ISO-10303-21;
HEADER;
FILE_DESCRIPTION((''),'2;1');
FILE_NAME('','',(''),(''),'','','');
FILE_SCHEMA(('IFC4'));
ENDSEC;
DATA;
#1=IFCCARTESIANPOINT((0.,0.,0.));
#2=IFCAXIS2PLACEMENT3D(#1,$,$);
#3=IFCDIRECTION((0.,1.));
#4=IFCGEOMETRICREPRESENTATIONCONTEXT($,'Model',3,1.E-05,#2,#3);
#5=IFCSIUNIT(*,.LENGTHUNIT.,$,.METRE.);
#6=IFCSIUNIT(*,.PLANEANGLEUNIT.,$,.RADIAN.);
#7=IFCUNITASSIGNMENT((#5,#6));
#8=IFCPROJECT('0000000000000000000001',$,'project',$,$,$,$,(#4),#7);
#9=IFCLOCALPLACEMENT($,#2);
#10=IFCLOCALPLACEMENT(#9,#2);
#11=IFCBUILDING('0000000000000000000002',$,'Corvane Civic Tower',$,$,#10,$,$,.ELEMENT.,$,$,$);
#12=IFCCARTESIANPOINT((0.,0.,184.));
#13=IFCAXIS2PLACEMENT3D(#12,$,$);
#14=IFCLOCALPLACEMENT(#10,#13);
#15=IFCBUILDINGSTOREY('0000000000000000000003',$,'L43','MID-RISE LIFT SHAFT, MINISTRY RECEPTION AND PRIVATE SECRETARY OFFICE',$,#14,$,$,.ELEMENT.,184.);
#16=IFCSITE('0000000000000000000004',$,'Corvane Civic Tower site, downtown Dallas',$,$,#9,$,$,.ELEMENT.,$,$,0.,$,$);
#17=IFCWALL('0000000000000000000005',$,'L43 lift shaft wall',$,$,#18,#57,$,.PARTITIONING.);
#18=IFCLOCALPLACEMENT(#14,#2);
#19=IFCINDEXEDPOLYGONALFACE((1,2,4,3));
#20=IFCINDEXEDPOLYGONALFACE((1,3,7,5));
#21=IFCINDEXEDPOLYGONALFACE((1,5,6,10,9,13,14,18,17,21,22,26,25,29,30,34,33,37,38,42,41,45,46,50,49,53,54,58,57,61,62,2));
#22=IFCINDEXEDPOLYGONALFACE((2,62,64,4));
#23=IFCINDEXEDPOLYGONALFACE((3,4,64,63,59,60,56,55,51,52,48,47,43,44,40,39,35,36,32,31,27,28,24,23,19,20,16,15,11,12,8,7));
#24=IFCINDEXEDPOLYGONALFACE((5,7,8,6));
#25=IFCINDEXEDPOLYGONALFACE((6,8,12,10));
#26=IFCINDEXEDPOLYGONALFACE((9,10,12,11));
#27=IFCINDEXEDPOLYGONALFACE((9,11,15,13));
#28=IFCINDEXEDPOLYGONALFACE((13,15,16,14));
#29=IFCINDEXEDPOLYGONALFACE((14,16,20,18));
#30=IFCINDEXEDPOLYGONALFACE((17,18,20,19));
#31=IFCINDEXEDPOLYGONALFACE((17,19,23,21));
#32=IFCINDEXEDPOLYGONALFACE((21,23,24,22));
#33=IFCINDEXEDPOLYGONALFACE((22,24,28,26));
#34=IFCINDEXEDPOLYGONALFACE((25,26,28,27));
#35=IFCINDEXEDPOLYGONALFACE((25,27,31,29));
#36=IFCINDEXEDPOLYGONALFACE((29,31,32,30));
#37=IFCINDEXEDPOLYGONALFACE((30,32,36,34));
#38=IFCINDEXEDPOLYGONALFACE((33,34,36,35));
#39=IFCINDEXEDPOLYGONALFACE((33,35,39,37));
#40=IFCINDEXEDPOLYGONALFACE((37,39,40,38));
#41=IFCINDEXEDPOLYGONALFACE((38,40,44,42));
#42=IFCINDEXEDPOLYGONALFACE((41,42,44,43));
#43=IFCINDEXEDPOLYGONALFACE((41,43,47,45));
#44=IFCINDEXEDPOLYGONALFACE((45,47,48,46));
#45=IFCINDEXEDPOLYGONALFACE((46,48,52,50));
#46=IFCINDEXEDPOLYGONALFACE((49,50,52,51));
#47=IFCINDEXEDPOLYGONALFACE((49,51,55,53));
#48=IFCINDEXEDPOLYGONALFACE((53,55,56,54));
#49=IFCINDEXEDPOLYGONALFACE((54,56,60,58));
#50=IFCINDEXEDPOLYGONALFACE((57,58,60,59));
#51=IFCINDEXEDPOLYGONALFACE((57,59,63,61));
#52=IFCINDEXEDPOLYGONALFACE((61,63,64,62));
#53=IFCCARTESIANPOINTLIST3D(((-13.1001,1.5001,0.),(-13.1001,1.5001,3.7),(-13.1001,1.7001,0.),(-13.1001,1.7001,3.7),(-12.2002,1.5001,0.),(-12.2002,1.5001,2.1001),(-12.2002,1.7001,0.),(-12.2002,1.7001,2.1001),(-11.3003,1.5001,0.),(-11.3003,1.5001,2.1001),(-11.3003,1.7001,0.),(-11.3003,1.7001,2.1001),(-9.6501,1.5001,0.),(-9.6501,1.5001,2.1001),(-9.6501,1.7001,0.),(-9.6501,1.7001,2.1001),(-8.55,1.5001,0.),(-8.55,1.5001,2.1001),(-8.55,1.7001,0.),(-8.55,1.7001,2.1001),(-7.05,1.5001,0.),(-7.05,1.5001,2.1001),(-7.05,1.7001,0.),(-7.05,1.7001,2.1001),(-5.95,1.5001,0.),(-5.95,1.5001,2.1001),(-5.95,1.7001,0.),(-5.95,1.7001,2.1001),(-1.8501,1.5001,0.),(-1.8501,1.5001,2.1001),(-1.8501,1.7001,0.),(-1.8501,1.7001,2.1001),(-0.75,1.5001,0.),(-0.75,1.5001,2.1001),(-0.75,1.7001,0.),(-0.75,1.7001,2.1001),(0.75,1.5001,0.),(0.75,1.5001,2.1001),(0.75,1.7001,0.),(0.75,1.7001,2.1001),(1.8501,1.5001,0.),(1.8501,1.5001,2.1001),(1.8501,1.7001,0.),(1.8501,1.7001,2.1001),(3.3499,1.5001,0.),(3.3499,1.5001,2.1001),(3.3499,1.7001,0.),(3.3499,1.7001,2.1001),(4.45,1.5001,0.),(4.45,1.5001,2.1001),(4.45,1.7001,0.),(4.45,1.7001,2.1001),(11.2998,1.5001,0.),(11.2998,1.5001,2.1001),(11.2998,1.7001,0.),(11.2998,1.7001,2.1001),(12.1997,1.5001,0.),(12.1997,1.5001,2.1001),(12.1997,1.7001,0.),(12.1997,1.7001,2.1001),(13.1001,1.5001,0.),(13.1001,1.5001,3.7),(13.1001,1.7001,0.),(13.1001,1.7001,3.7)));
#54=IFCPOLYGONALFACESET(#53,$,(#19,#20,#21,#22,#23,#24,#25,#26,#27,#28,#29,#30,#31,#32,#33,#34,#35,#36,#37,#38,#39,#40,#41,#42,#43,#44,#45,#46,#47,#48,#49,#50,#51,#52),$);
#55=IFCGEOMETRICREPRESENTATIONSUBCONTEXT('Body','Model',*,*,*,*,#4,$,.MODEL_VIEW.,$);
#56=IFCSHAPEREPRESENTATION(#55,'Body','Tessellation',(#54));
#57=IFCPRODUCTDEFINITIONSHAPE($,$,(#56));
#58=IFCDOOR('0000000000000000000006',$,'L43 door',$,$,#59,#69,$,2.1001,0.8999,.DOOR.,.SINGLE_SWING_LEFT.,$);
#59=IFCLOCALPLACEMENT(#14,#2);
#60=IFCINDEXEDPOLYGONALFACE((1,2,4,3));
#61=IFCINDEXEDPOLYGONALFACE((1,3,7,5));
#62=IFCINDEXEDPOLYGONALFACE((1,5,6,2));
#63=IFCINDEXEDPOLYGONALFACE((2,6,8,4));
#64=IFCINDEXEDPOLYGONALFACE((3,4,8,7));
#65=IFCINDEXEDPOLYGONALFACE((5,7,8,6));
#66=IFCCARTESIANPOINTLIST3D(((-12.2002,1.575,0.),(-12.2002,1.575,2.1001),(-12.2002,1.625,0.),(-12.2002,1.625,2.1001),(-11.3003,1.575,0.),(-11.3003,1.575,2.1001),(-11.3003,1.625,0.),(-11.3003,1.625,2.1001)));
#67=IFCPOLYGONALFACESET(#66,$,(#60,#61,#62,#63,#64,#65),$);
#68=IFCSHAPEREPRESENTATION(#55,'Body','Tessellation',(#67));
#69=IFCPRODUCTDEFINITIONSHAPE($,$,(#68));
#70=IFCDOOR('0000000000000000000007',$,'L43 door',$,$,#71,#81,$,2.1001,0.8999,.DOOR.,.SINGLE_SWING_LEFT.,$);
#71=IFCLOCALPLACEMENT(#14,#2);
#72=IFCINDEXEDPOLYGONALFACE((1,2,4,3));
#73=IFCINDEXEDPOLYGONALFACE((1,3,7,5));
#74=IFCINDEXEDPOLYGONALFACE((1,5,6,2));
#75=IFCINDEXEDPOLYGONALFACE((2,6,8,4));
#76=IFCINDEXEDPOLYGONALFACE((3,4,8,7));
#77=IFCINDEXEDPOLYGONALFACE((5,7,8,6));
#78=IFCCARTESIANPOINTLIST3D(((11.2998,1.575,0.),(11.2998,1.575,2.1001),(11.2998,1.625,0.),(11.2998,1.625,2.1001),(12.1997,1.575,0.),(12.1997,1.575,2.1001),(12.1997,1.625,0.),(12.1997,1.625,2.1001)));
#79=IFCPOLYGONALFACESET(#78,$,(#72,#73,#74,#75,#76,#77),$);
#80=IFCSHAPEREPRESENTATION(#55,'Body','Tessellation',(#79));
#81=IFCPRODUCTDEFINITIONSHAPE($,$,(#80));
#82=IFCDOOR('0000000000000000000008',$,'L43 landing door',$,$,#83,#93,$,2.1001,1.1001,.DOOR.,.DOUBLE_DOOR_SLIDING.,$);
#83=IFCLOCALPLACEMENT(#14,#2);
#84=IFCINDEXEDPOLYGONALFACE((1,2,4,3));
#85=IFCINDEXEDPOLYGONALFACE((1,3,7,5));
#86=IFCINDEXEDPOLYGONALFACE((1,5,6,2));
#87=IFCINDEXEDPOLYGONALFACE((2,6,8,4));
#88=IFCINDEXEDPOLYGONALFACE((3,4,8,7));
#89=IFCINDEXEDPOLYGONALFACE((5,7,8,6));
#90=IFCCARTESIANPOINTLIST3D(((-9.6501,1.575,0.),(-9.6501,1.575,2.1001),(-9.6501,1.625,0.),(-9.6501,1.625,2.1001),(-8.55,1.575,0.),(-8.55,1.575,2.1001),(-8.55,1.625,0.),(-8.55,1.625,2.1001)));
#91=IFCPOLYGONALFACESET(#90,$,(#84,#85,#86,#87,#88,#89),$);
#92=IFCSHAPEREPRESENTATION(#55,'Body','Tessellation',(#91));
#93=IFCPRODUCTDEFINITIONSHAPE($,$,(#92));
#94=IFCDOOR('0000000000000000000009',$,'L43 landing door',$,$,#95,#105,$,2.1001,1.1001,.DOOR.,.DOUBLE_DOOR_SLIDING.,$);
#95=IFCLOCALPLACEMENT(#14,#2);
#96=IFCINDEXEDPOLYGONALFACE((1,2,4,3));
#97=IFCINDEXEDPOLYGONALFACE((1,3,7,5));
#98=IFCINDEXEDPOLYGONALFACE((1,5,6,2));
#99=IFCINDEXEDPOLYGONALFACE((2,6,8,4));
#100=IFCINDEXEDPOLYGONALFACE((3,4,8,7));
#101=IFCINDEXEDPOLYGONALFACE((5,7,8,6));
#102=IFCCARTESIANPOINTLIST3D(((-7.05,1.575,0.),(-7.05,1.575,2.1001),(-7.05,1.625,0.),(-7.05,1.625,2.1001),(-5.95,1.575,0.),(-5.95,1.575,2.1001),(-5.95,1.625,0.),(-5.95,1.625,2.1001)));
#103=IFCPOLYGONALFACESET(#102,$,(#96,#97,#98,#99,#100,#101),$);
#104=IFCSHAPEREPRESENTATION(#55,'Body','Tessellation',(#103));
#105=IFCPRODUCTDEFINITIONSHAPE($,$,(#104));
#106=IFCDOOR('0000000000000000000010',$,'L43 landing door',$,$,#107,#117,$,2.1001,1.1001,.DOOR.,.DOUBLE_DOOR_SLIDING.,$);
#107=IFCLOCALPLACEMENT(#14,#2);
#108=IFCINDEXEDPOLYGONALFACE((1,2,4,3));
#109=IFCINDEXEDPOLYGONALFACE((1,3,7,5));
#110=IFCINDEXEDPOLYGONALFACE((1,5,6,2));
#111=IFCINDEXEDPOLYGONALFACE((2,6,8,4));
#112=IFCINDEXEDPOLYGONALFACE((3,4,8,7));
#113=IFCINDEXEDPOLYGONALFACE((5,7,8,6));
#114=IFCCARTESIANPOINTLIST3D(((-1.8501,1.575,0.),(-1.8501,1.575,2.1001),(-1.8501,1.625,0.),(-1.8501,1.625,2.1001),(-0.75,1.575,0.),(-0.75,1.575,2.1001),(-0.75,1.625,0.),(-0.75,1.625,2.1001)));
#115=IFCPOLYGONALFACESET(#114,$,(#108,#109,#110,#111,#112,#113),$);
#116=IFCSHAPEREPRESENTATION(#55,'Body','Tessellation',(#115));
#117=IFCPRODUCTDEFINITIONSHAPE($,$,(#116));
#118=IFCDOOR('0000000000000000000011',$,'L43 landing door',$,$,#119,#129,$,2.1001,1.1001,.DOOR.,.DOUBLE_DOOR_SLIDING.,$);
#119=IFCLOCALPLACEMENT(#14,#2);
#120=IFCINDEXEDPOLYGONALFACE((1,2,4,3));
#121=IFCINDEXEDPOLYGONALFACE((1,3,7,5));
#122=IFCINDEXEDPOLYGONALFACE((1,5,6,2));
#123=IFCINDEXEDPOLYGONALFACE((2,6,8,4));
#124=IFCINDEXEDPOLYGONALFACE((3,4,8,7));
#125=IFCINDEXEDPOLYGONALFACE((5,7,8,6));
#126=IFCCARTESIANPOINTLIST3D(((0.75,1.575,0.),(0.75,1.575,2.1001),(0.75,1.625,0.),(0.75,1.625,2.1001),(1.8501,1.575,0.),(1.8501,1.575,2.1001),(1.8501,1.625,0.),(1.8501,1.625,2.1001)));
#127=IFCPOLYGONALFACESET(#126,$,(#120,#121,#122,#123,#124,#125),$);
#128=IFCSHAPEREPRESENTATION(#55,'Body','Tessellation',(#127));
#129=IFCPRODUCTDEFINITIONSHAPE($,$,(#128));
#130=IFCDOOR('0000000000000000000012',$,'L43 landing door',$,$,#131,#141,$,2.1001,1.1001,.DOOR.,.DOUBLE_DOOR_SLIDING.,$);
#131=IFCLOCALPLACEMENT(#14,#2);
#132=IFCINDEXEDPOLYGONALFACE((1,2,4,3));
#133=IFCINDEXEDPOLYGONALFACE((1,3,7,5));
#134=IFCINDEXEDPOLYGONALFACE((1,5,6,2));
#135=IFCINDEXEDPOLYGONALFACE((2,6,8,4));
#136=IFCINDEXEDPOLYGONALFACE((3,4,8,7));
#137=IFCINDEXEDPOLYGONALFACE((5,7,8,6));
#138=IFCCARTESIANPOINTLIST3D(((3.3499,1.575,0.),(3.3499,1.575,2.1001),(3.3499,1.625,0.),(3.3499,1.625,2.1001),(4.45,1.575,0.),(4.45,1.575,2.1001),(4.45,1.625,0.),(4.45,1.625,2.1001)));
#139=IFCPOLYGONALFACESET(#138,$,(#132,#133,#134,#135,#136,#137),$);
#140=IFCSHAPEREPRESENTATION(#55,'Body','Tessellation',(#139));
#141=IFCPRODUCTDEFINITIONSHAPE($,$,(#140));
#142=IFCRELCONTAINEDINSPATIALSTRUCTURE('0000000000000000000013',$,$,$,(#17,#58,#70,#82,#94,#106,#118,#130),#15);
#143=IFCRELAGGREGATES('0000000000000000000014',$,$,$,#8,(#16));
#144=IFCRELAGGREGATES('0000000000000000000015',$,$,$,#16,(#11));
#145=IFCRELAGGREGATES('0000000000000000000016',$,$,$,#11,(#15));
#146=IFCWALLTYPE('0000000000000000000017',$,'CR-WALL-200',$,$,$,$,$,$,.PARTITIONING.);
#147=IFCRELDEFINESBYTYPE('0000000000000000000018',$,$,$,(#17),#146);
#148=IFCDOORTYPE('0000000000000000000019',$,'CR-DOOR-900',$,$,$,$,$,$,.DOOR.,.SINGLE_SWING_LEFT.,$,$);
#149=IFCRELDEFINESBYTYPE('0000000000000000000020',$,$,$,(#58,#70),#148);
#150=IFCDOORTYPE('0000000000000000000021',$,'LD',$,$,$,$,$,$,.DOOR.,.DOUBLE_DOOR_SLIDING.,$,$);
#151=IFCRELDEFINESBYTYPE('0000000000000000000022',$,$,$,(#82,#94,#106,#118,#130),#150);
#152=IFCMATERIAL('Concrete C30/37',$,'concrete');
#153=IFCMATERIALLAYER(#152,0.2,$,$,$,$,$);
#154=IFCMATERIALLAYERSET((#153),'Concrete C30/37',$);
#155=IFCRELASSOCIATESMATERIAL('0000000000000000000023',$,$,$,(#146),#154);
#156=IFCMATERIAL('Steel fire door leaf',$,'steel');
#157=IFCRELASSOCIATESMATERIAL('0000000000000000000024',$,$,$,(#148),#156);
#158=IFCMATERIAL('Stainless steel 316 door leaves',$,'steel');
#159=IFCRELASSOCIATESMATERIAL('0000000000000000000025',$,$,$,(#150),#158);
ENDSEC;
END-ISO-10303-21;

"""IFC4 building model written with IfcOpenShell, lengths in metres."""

from ifc_helpers import new_model, si_unit, direction, frame, frame_2d, origin, place, context, subcontext, project, spatial, rectangle, extrude, material, layer, layer_set, type_object, element, fill, save


model = new_model("IFC4")

# Units and contexts
model_context = context("Model", 3, precision=1e-05, world=origin(), true_north=direction((0.0, 1.0)))
body_context = subcontext(model_context, "Body", "Model", "MODEL_VIEW")
ifc_project = project(units=[si_unit("LENGTHUNIT", "METRE"), si_unit("PLANEANGLEUNIT", "RADIAN")], contexts=[model_context])

# Site, building, storey
site_placement = place(None, origin())
site = spatial("IfcSite", under=ifc_project, at=site_placement, Name="Corvane Civic Tower site, downtown Dallas", CompositionType="ELEMENT", RefElevation=0.0)
building_placement = place(site_placement, origin())
building = spatial("IfcBuilding", under=site, at=building_placement, Name="Corvane Civic Tower", CompositionType="ELEMENT")
storey_placement = place(building_placement, frame((0.0, 0.0, 184.0)))
storey = spatial("IfcBuildingStorey", under=building, at=storey_placement, Name="L43", Description="MID-RISE LIFT SHAFT, MINISTRY RECEPTION AND PRIVATE SECRETARY OFFICE", CompositionType="ELEMENT", Elevation=184.0)

# Wall, openings, doors
ifc_material_1 = material(Name="Concrete C30/37", Category="concrete")
ifc_layer_1 = layer(ifc_material_1, 0.2)
ifc_layer_set_1 = layer_set([ifc_layer_1], Name="Concrete C30/37")
wall_type_1 = type_object("IfcWallType", Name="CR-WALL-200", PredefinedType="PARTITIONING", material=ifc_layer_set_1)
wall_1_placement = place(storey_placement, frame((-13.1001, 1.6001, 0.0), z_axis=(0.0, 0.0, 1.0), x_axis=(1.0, 0.0, 0.0)))
wall_1 = element("IfcWall", 1, at=wall_1_placement, inside=storey, type_object=wall_type_1, Name="L43 lift shaft wall", PredefinedType="PARTITIONING", context=body_context, shape_type="SweptSolid", body=[
    extrude(rectangle(XDim=26.2002, YDim=0.2, at=frame_2d((13.1001, 0.0))), origin(), (0.0, 0.0, 1.0), 3.7),
])
opening_1_placement = place(wall_1_placement, frame((3.45, 0.0, 0.0)))
opening_1 = element("IfcOpeningElement", 2, at=opening_1_placement, cuts=wall_1, PredefinedType="OPENING", context=body_context, shape_type="SweptSolid", body=[
    extrude(rectangle(XDim=1.1001, YDim=2.1001, at=frame_2d((0.55, 1.05))), frame((0.0, 0.1099, 0.0), z_axis=(0.0, -1.0, 0.0), x_axis=(1.0, 0.0, 0.0)), (0.0, 0.0, 1.0), 0.22),
])
opening_2_placement = place(wall_1_placement, frame((6.05, 0.0, 0.0)))
opening_2 = element("IfcOpeningElement", 3, at=opening_2_placement, cuts=wall_1, PredefinedType="OPENING", context=body_context, shape_type="SweptSolid", body=[
    extrude(rectangle(XDim=1.1001, YDim=2.1001, at=frame_2d((0.55, 1.05))), frame((0.0, 0.1099, 0.0), z_axis=(0.0, -1.0, 0.0), x_axis=(1.0, 0.0, 0.0)), (0.0, 0.0, 1.0), 0.22),
])
opening_3_placement = place(wall_1_placement, frame((11.25, 0.0, 0.0)))
opening_3 = element("IfcOpeningElement", 4, at=opening_3_placement, cuts=wall_1, PredefinedType="OPENING", context=body_context, shape_type="SweptSolid", body=[
    extrude(rectangle(XDim=1.1001, YDim=2.1001, at=frame_2d((0.55, 1.05))), frame((0.0, 0.1099, 0.0), z_axis=(0.0, -1.0, 0.0), x_axis=(1.0, 0.0, 0.0)), (0.0, 0.0, 1.0), 0.22),
])
opening_4_placement = place(wall_1_placement, frame((13.8501, 0.0, 0.0)))
opening_4 = element("IfcOpeningElement", 5, at=opening_4_placement, cuts=wall_1, PredefinedType="OPENING", context=body_context, shape_type="SweptSolid", body=[
    extrude(rectangle(XDim=1.1001, YDim=2.1001, at=frame_2d((0.55, 1.05))), frame((0.0, 0.1099, 0.0), z_axis=(0.0, -1.0, 0.0), x_axis=(1.0, 0.0, 0.0)), (0.0, 0.0, 1.0), 0.22),
])
opening_5_placement = place(wall_1_placement, frame((16.45, 0.0, 0.0)))
opening_5 = element("IfcOpeningElement", 6, at=opening_5_placement, cuts=wall_1, PredefinedType="OPENING", context=body_context, shape_type="SweptSolid", body=[
    extrude(rectangle(XDim=1.1001, YDim=2.1001, at=frame_2d((0.55, 1.05))), frame((0.0, 0.1099, 0.0), z_axis=(0.0, -1.0, 0.0), x_axis=(1.0, 0.0, 0.0)), (0.0, 0.0, 1.0), 0.22),
])
opening_6_placement = place(wall_1_placement, frame((0.8999, 0.0, 0.0)))
opening_6 = element("IfcOpeningElement", 7, at=opening_6_placement, cuts=wall_1, PredefinedType="OPENING", context=body_context, shape_type="SweptSolid", body=[
    extrude(rectangle(XDim=0.8999, YDim=2.1001, at=frame_2d((0.45, 1.05))), frame((0.0, 0.1099, 0.0), z_axis=(0.0, -1.0, 0.0), x_axis=(1.0, 0.0, 0.0)), (0.0, 0.0, 1.0), 0.22),
])
opening_7_placement = place(wall_1_placement, frame((24.3999, 0.0, 0.0)))
opening_7 = element("IfcOpeningElement", 8, at=opening_7_placement, cuts=wall_1, PredefinedType="OPENING", context=body_context, shape_type="SweptSolid", body=[
    extrude(rectangle(XDim=0.8999, YDim=2.1001, at=frame_2d((0.45, 1.05))), frame((0.0, 0.1099, 0.0), z_axis=(0.0, -1.0, 0.0), x_axis=(1.0, 0.0, 0.0)), (0.0, 0.0, 1.0), 0.22),
])
ifc_material_2 = material(Name="Steel fire door leaf", Category="steel")
door_type_1 = type_object("IfcDoorType", Name="CR-DOOR-900", OperationType="SINGLE_SWING_LEFT", PredefinedType="DOOR", material=ifc_material_2)
door_1_placement = place(opening_6_placement, origin())
door_1 = element("IfcDoor", 9, at=door_1_placement, inside=storey, type_object=door_type_1, Name="L43 door", OperationType="SINGLE_SWING_LEFT", OverallHeight=2.1001, OverallWidth=0.8999, PredefinedType="DOOR", context=body_context, shape_type="SweptSolid", body=[
    extrude(rectangle(XDim=0.8999, YDim=2.1001, at=frame_2d((0.45, 1.05))), frame((0.0, 0.0249, 0.0), z_axis=(0.0, -1.0, 0.0), x_axis=(1.0, 0.0, 0.0)), (0.0, 0.0, 1.0), 0.05),
])
fill(opening_6, door_1)
door_2_placement = place(opening_7_placement, origin())
door_2 = element("IfcDoor", 10, at=door_2_placement, inside=storey, type_object=door_type_1, Name="L43 door", OperationType="SINGLE_SWING_LEFT", OverallHeight=2.1001, OverallWidth=0.8999, PredefinedType="DOOR", context=body_context, shape_type="SweptSolid", body=[
    extrude(rectangle(XDim=0.8999, YDim=2.1001, at=frame_2d((0.45, 1.05))), frame((0.0, 0.0249, 0.0), z_axis=(0.0, -1.0, 0.0), x_axis=(1.0, 0.0, 0.0)), (0.0, 0.0, 1.0), 0.05),
])
fill(opening_7, door_2)
ifc_material_3 = material(Name="Stainless steel 316 door leaves", Category="steel")
door_type_2 = type_object("IfcDoorType", Name="LD", OperationType="DOUBLE_DOOR_SLIDING", PredefinedType="DOOR", material=ifc_material_3)
door_3_placement = place(opening_1_placement, origin())
door_3 = element("IfcDoor", 11, at=door_3_placement, inside=storey, type_object=door_type_2, Name="L43 landing door", OperationType="DOUBLE_DOOR_SLIDING", OverallHeight=2.1001, OverallWidth=1.1001, PredefinedType="DOOR", context=body_context, shape_type="SweptSolid", body=[
    extrude(rectangle(XDim=1.1001, YDim=2.1001, at=frame_2d((0.55, 1.05))), frame((0.0, 0.0249, 0.0), z_axis=(0.0, -1.0, 0.0), x_axis=(1.0, 0.0, 0.0)), (0.0, 0.0, 1.0), 0.05),
])
fill(opening_1, door_3)
door_4_placement = place(opening_2_placement, origin())
door_4 = element("IfcDoor", 12, at=door_4_placement, inside=storey, type_object=door_type_2, Name="L43 landing door", OperationType="DOUBLE_DOOR_SLIDING", OverallHeight=2.1001, OverallWidth=1.1001, PredefinedType="DOOR", context=body_context, shape_type="SweptSolid", body=[
    extrude(rectangle(XDim=1.1001, YDim=2.1001, at=frame_2d((0.55, 1.05))), frame((0.0, 0.0249, 0.0), z_axis=(0.0, -1.0, 0.0), x_axis=(1.0, 0.0, 0.0)), (0.0, 0.0, 1.0), 0.05),
])
fill(opening_2, door_4)
door_5_placement = place(opening_3_placement, origin())
door_5 = element("IfcDoor", 13, at=door_5_placement, inside=storey, type_object=door_type_2, Name="L43 landing door", OperationType="DOUBLE_DOOR_SLIDING", OverallHeight=2.1001, OverallWidth=1.1001, PredefinedType="DOOR", context=body_context, shape_type="SweptSolid", body=[
    extrude(rectangle(XDim=1.1001, YDim=2.1001, at=frame_2d((0.55, 1.05))), frame((0.0, 0.0249, 0.0), z_axis=(0.0, -1.0, 0.0), x_axis=(1.0, 0.0, 0.0)), (0.0, 0.0, 1.0), 0.05),
])
fill(opening_3, door_5)
door_6_placement = place(opening_4_placement, origin())
door_6 = element("IfcDoor", 14, at=door_6_placement, inside=storey, type_object=door_type_2, Name="L43 landing door", OperationType="DOUBLE_DOOR_SLIDING", OverallHeight=2.1001, OverallWidth=1.1001, PredefinedType="DOOR", context=body_context, shape_type="SweptSolid", body=[
    extrude(rectangle(XDim=1.1001, YDim=2.1001, at=frame_2d((0.55, 1.05))), frame((0.0, 0.0249, 0.0), z_axis=(0.0, -1.0, 0.0), x_axis=(1.0, 0.0, 0.0)), (0.0, 0.0, 1.0), 0.05),
])
fill(opening_4, door_6)
door_7_placement = place(opening_5_placement, origin())
door_7 = element("IfcDoor", 15, at=door_7_placement, inside=storey, type_object=door_type_2, Name="L43 landing door", OperationType="DOUBLE_DOOR_SLIDING", OverallHeight=2.1001, OverallWidth=1.1001, PredefinedType="DOOR", context=body_context, shape_type="SweptSolid", body=[
    extrude(rectangle(XDim=1.1001, YDim=2.1001, at=frame_2d((0.55, 1.05))), frame((0.0, 0.0249, 0.0), z_axis=(0.0, -1.0, 0.0), x_axis=(1.0, 0.0, 0.0)), (0.0, 0.0, 1.0), 0.05),
])
fill(opening_5, door_7)

save(model, "model.ifc")
